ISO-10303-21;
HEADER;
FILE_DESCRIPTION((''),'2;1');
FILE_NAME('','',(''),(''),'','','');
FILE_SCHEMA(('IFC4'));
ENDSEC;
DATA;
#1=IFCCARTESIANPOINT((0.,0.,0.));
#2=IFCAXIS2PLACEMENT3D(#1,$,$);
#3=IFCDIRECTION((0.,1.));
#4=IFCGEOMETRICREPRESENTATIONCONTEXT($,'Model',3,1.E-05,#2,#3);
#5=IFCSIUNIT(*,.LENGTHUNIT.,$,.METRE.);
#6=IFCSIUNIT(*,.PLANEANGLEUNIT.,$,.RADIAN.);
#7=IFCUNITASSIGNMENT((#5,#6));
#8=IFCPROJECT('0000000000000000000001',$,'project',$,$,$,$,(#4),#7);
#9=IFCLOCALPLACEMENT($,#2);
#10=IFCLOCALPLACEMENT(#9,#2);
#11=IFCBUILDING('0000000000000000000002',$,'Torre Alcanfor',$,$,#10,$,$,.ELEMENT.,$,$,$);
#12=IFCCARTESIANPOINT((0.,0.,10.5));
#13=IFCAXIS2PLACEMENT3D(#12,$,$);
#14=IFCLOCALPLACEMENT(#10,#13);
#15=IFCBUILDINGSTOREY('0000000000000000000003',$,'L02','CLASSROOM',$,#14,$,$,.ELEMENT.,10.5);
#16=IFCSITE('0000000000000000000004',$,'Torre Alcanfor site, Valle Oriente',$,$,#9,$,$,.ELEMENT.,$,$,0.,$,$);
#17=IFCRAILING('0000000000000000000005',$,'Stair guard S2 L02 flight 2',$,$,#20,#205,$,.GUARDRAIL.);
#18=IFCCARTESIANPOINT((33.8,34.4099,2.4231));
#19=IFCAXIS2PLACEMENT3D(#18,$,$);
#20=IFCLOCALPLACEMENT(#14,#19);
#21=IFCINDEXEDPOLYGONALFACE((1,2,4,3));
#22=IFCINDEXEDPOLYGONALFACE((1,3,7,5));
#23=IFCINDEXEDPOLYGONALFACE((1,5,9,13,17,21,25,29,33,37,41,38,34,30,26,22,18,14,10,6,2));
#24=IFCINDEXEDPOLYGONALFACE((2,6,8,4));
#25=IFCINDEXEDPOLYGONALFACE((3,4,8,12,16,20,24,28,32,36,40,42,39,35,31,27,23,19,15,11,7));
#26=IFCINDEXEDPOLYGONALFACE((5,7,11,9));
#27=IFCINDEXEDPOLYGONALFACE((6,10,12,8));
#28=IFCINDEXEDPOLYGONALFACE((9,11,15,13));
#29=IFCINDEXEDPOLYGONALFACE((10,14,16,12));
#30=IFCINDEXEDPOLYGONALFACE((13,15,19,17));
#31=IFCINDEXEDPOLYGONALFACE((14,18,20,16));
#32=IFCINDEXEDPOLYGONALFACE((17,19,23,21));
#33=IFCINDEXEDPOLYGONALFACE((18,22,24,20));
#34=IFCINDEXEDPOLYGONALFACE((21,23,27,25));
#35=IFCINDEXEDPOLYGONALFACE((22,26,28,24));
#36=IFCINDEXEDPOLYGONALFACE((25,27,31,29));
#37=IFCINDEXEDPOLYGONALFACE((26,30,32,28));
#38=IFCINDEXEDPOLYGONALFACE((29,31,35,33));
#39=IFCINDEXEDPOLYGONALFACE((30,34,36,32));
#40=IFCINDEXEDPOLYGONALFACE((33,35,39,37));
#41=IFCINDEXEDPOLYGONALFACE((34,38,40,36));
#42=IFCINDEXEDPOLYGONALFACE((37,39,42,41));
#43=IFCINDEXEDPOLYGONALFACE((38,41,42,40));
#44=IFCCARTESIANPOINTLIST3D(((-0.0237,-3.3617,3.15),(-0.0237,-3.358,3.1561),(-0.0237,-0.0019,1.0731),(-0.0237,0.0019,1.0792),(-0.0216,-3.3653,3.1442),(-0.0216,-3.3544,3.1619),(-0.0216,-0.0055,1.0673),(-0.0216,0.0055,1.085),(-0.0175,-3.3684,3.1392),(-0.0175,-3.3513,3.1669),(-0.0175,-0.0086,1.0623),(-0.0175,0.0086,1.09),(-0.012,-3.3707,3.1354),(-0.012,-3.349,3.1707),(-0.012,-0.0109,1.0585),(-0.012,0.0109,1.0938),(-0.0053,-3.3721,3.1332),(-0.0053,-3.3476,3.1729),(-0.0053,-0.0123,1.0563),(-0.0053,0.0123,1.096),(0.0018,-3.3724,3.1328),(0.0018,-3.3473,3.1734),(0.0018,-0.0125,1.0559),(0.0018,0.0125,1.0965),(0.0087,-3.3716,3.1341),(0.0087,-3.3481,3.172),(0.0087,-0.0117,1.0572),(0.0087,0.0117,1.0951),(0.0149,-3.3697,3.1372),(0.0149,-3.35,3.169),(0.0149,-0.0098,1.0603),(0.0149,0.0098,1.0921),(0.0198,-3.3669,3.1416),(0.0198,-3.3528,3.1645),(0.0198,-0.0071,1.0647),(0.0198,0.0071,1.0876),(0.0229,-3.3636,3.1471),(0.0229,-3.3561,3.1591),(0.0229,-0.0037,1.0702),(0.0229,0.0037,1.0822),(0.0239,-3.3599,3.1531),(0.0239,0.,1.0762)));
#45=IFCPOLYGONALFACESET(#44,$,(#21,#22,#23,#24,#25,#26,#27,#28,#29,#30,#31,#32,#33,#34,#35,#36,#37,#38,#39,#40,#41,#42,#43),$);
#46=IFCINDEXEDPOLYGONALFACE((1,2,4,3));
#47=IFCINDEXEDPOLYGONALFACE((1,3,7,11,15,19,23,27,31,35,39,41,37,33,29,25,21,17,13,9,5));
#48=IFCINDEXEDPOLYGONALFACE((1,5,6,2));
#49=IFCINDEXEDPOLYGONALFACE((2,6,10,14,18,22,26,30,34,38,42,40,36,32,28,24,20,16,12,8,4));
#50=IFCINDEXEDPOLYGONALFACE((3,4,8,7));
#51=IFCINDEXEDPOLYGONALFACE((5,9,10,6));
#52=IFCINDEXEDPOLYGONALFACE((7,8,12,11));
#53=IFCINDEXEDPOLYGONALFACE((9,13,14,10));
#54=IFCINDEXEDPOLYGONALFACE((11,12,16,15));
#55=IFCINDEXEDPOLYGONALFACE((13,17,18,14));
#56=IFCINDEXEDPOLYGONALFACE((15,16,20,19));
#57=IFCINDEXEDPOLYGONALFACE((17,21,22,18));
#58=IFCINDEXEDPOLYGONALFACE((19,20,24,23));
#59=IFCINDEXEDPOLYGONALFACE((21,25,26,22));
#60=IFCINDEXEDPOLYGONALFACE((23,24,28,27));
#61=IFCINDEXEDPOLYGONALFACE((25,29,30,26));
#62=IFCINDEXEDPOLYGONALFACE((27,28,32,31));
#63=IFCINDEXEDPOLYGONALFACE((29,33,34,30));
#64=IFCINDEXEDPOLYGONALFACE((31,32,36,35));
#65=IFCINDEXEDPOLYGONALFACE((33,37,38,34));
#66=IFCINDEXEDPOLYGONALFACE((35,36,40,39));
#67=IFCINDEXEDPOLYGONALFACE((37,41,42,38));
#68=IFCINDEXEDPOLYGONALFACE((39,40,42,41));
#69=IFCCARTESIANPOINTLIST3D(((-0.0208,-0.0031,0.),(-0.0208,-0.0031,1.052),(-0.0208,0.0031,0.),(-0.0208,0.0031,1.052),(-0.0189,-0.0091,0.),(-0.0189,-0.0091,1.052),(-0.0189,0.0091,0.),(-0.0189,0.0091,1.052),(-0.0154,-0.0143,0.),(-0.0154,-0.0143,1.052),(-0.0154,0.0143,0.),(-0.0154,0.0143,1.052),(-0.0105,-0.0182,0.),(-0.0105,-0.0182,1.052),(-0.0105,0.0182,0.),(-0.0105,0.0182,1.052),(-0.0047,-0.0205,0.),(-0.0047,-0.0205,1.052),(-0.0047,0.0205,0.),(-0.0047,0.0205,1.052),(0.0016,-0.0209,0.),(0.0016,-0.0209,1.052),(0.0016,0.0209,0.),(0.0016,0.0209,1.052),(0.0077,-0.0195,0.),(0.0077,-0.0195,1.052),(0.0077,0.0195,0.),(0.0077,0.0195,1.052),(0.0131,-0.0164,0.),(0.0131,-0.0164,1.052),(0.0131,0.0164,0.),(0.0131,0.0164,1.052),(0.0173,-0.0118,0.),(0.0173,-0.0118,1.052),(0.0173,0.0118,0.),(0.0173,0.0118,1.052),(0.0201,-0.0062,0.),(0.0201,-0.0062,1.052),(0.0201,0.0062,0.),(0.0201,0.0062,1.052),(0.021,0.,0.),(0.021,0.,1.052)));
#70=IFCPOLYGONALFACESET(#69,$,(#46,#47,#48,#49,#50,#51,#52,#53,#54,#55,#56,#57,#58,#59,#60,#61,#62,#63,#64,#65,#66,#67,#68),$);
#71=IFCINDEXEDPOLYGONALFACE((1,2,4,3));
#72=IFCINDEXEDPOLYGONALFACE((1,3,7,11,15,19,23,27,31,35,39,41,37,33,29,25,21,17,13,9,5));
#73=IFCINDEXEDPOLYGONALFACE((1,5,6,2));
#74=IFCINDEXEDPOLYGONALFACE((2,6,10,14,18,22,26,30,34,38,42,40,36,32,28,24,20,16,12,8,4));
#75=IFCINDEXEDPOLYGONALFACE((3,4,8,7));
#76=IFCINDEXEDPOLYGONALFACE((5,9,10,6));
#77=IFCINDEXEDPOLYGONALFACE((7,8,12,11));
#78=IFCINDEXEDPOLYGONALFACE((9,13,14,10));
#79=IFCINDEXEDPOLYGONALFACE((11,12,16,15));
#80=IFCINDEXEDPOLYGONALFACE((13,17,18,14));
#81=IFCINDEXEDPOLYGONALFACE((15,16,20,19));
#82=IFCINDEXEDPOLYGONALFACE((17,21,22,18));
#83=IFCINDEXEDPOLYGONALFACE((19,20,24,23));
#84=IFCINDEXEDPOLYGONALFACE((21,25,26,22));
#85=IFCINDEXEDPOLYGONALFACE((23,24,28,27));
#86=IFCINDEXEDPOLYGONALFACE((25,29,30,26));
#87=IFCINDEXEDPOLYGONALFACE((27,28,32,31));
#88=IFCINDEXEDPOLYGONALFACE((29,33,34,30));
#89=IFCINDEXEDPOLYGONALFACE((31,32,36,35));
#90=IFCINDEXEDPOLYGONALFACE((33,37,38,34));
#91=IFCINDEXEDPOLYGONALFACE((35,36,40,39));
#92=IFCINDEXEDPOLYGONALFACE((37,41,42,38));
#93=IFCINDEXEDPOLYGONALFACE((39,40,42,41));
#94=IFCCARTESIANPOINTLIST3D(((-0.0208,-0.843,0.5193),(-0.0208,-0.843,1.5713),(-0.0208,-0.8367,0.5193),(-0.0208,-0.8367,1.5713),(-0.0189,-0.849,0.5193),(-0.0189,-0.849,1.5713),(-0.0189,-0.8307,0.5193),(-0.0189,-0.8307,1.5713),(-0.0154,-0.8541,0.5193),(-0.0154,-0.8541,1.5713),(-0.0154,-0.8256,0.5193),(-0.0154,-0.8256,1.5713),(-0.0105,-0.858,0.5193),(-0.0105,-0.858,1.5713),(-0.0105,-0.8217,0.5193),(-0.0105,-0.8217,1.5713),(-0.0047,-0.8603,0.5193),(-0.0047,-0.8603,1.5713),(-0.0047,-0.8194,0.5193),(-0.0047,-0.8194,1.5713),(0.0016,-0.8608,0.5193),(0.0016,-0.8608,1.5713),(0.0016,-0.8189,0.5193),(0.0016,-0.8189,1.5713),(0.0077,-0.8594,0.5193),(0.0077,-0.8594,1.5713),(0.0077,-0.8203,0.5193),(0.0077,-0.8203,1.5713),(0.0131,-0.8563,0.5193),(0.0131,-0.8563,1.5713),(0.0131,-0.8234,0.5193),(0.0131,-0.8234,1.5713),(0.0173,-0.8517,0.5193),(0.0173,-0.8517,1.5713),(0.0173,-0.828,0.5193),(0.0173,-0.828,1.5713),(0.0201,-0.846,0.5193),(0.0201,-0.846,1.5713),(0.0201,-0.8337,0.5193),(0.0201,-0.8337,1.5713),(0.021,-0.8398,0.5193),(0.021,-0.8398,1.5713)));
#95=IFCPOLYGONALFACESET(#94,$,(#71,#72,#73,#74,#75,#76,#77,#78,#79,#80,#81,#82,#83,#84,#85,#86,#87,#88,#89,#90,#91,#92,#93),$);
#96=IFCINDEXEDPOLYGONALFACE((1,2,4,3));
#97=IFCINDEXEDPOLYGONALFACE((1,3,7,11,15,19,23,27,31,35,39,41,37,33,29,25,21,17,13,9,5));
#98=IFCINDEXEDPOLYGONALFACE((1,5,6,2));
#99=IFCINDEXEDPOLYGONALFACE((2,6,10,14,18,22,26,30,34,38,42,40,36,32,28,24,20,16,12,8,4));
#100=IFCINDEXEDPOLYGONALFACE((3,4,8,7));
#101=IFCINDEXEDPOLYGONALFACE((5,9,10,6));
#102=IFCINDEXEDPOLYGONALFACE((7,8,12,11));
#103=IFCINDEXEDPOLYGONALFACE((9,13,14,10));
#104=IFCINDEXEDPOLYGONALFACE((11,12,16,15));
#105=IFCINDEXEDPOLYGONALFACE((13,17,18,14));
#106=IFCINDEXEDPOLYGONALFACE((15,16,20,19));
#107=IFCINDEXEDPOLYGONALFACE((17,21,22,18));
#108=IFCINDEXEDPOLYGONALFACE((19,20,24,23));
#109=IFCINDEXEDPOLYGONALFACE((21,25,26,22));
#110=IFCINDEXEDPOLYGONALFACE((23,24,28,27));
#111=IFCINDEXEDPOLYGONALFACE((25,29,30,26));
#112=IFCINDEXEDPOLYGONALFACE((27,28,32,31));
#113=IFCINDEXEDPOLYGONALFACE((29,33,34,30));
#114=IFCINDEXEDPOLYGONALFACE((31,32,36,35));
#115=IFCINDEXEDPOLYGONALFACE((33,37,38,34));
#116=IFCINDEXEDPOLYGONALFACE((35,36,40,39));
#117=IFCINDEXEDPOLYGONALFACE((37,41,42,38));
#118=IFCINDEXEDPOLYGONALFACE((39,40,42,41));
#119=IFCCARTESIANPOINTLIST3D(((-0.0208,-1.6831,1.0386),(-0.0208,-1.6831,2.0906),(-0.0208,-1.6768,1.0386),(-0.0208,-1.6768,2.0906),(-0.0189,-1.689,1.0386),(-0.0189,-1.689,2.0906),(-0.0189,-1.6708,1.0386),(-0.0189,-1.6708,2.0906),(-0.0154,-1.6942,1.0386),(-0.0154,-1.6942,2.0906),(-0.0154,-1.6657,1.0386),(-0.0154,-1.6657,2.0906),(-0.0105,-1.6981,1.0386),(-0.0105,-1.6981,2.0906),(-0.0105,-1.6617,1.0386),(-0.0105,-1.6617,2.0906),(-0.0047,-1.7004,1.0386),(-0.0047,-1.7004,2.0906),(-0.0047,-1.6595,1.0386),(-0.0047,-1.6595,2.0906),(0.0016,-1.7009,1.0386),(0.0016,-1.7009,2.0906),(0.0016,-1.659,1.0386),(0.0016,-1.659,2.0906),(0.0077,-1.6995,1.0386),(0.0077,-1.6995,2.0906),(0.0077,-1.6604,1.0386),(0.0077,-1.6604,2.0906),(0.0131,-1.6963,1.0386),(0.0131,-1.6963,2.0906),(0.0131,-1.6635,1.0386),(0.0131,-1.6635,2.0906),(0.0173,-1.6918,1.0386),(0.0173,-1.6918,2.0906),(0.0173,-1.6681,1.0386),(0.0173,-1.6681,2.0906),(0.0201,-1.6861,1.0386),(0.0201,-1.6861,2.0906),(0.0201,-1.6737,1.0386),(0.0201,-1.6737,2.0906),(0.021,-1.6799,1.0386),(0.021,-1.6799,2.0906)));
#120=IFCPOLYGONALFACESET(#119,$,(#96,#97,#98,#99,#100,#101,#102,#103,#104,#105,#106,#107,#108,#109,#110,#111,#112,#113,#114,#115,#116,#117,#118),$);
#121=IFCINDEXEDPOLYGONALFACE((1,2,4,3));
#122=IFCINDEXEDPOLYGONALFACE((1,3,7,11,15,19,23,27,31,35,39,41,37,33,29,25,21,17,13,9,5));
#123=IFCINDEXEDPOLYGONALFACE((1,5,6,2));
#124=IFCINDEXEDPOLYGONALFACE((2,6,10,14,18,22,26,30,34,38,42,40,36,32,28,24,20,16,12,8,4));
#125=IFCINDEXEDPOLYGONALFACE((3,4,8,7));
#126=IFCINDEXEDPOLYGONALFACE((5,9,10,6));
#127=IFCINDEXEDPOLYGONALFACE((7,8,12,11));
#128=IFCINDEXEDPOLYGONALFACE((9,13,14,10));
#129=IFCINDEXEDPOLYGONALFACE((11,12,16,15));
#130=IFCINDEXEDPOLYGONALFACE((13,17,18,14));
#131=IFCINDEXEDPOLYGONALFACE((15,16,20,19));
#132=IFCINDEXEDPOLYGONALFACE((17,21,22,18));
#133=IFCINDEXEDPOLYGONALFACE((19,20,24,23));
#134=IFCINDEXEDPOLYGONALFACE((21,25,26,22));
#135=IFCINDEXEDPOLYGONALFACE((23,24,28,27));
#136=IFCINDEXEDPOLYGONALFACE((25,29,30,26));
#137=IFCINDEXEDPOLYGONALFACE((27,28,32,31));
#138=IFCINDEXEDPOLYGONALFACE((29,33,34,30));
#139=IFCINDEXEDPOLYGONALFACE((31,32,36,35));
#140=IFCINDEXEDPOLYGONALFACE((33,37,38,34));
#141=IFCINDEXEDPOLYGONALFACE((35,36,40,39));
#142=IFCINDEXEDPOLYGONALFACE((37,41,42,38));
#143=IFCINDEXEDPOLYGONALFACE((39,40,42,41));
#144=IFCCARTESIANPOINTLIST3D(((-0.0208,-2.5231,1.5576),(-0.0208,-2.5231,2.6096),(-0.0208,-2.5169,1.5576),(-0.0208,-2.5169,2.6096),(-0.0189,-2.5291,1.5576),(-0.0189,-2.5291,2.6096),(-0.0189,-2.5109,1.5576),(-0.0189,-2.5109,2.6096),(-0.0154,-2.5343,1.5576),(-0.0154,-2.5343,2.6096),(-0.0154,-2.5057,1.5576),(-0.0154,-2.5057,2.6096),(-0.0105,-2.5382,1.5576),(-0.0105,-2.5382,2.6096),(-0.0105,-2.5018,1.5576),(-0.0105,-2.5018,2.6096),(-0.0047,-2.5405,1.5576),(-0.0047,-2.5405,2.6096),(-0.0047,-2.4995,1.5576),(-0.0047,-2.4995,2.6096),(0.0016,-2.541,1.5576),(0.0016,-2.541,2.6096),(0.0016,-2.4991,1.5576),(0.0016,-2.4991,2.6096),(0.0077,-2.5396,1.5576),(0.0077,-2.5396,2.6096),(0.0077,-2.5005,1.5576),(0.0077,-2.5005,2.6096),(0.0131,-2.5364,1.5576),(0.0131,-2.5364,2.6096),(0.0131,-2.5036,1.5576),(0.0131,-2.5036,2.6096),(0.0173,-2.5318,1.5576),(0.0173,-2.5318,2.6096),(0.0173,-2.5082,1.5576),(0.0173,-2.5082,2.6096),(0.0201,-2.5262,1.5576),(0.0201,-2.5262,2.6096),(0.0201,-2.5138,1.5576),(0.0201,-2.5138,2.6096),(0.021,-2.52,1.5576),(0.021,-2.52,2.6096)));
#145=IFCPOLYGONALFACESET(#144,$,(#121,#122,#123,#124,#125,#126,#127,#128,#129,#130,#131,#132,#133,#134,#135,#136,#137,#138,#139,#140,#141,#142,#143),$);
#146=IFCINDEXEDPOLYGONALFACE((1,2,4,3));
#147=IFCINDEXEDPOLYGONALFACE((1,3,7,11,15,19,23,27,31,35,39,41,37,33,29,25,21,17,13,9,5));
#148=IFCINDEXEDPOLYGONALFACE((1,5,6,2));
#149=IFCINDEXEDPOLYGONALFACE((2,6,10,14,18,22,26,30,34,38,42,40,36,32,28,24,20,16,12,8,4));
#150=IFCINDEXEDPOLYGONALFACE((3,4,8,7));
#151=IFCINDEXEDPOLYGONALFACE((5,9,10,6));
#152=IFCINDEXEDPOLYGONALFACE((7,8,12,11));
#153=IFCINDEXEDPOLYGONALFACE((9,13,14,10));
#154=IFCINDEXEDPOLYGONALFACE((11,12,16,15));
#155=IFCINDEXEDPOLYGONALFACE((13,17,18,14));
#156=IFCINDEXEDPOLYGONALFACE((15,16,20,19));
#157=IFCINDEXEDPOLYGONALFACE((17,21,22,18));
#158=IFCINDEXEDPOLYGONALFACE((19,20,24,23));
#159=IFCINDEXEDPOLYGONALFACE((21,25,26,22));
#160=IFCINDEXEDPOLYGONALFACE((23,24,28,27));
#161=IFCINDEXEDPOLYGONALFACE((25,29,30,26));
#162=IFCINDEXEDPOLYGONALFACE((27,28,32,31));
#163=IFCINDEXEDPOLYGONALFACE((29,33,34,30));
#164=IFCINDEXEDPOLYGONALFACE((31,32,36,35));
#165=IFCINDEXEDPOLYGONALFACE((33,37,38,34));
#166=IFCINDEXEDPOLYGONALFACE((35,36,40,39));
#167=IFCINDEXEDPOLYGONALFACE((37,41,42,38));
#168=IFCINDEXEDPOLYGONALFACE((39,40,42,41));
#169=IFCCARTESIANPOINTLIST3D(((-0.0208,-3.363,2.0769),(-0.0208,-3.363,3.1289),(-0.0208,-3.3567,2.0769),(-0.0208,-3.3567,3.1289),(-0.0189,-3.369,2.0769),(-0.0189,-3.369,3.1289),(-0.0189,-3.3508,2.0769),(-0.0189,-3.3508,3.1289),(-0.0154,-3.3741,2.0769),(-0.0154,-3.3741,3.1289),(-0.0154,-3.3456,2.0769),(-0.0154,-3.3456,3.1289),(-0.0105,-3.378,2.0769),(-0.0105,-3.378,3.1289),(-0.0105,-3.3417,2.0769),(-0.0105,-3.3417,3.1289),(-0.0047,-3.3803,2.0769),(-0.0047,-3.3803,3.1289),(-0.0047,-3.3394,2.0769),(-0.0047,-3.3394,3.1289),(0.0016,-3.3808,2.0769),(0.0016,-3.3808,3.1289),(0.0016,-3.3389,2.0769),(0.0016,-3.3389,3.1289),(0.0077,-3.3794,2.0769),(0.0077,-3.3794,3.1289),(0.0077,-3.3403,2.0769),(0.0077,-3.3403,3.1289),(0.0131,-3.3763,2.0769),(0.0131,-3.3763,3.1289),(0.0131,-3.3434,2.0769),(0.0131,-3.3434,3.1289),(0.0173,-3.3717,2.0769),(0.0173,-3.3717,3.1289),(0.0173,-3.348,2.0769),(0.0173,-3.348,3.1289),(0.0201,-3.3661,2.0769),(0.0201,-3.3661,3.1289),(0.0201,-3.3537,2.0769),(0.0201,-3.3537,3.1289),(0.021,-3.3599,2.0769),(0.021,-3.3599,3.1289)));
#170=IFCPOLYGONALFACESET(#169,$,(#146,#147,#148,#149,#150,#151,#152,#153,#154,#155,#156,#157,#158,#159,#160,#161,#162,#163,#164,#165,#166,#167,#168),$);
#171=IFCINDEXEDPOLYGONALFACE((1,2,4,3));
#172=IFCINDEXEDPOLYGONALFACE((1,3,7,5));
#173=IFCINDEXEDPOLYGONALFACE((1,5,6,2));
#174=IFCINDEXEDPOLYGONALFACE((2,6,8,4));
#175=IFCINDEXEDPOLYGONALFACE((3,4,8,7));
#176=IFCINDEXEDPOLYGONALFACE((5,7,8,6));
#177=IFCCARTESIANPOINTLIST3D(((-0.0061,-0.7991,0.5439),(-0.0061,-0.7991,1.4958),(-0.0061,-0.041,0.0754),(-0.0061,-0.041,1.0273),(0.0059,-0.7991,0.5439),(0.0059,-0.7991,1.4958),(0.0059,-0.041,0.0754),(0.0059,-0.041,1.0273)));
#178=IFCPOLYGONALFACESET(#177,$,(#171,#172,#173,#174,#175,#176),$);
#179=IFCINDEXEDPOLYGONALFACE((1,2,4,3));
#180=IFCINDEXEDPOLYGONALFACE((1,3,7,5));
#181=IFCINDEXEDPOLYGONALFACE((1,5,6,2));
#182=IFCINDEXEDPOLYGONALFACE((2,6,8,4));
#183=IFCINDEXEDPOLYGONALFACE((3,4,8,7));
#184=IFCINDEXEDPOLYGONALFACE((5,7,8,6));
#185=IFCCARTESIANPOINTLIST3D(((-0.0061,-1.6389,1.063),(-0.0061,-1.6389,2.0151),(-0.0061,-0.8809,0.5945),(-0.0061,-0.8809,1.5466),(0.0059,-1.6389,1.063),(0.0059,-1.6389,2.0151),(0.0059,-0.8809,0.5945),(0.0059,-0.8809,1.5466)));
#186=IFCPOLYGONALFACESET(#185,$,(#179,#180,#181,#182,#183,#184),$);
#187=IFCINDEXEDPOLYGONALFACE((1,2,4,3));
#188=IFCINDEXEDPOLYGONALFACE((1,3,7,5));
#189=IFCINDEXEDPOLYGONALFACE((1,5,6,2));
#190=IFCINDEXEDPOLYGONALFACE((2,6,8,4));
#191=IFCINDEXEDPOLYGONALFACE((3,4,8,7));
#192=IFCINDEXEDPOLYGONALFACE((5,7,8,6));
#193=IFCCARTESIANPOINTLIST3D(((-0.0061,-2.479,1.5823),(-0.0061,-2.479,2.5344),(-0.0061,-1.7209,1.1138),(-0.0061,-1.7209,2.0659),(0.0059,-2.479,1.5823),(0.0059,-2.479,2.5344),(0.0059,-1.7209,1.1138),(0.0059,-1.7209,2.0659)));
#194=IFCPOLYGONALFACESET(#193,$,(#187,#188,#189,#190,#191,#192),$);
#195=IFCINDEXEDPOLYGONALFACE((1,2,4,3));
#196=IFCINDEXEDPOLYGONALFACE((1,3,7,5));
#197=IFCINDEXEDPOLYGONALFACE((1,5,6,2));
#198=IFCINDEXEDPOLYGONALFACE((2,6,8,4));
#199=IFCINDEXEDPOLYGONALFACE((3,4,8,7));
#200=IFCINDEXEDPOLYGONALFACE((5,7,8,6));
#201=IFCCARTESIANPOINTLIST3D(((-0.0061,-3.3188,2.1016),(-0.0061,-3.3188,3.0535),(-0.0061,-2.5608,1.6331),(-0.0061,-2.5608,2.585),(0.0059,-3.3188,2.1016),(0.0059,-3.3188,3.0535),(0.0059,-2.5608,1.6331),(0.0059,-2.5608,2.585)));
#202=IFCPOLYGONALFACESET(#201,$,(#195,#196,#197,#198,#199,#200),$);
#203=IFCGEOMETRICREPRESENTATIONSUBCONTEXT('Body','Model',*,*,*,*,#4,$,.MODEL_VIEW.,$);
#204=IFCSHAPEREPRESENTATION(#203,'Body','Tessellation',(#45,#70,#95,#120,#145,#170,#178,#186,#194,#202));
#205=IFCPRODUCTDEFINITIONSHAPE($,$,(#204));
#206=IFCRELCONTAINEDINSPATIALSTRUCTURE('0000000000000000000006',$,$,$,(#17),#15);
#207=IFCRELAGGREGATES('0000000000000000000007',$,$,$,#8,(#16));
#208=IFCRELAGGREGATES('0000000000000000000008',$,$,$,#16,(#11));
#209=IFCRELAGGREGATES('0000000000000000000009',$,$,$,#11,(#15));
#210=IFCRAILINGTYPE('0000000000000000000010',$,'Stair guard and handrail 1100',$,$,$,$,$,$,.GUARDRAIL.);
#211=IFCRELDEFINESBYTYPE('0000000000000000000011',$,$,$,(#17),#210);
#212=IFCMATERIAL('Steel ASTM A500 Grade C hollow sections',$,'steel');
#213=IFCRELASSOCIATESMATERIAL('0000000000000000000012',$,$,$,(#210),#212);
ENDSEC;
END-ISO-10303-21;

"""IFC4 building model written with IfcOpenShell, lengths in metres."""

from ifc_helpers import new_model, si_unit, direction, frame, origin, origin_2d, place, context, subcontext, project, spatial, polyline, circle, outline, extrude, material, type_object, element, save


model = new_model("IFC4")

# Units and contexts
model_context = context("Model", 3, precision=1e-05, world=origin(), true_north=direction((0.0, 1.0)))
body_context = subcontext(model_context, "Body", "Model", "MODEL_VIEW")
ifc_project = project(units=[si_unit("LENGTHUNIT", "METRE"), si_unit("PLANEANGLEUNIT", "RADIAN")], contexts=[model_context])

# Site, building, storey
site_placement = place(None, origin())
site = spatial("IfcSite", under=ifc_project, at=site_placement, Name="Torre Alcanfor site, Valle Oriente", CompositionType="ELEMENT", RefElevation=0.0)
building_placement = place(site_placement, origin())
building = spatial("IfcBuilding", under=site, at=building_placement, Name="Torre Alcanfor", CompositionType="ELEMENT")
storey_placement = place(building_placement, frame((0.0, 0.0, 10.5)))
storey = spatial("IfcBuildingStorey", under=building, at=storey_placement, Name="L02", Description="CLASSROOM", CompositionType="ELEMENT", Elevation=10.5)

# Railing
ifc_material_1 = material(Name="Steel ASTM A500 Grade C hollow sections", Category="steel")
railing_type_1 = type_object("IfcRailingType", Name="Stair guard and handrail 1100", PredefinedType="GUARDRAIL", material=ifc_material_1)
railing_1_placement = place(storey_placement, frame((33.8, 34.4099, 2.4231)))
element("IfcRailing", 1, at=railing_1_placement, inside=storey, type_object=railing_type_1, Name="Stair guard S2 L02 flight 2", PredefinedType="GUARDRAIL", context=body_context, shape_type="SweptSolid", body=[
    extrude(circle(Radius=0.0239, at=origin_2d()), frame((0.0, 0.0, 1.0762), z_axis=(0.0, -0.850606, 0.525803), x_axis=(1.0, 0.0, 0.0)), (0.0, 0.0, 1.0), 3.95),
    extrude(circle(Radius=0.021, at=origin_2d()), origin(), (0.0, 0.0, 1.0), 1.052),
    extrude(circle(Radius=0.021, at=origin_2d()), frame((0.0, -0.8398, 0.5193)), (0.0, 0.0, 1.0), 1.052),
    extrude(circle(Radius=0.021, at=origin_2d()), frame((0.0, -1.6799, 1.0386)), (0.0, 0.0, 1.0), 1.052),
    extrude(circle(Radius=0.021, at=origin_2d()), frame((0.0, -2.52, 1.5576)), (0.0, 0.0, 1.0), 1.052),
    extrude(circle(Radius=0.021, at=origin_2d()), frame((0.0, -3.3599, 2.0769)), (0.0, 0.0, 1.0), 1.052),
    extrude(outline(polyline([(0.041, 0.0754), (0.7991, 0.5439), (0.7991, 1.4958), (0.041, 1.0273), (0.041, 0.0754)])), frame((0.0059, 0.0, 0.0), z_axis=(-1.0, 0.0, 0.0), x_axis=(0.0, -1.0, 0.0)), (0.0, 0.0, 1.0), 0.012),
    extrude(outline(polyline([(0.8809, 0.5945), (1.6389, 1.063), (1.6389, 2.0151), (0.8809, 1.5466), (0.8809, 0.5945)])), frame((0.0059, 0.0, 0.0), z_axis=(-1.0, 0.0, 0.0), x_axis=(0.0, -1.0, 0.0)), (0.0, 0.0, 1.0), 0.012),
    extrude(outline(polyline([(1.7209, 1.1138), (2.479, 1.5823), (2.479, 2.5344), (1.7209, 2.0659), (1.7209, 1.1138)])), frame((0.0059, 0.0, 0.0), z_axis=(-1.0, 0.0, 0.0), x_axis=(0.0, -1.0, 0.0)), (0.0, 0.0, 1.0), 0.012),
    extrude(outline(polyline([(2.5608, 1.6331), (3.3188, 2.1016), (3.3188, 3.0535), (2.5608, 2.585), (2.5608, 1.6331)])), frame((0.0059, 0.0, 0.0), z_axis=(-1.0, 0.0, 0.0), x_axis=(0.0, -1.0, 0.0)), (0.0, 0.0, 1.0), 0.012),
])

save(model, "model.ifc")
